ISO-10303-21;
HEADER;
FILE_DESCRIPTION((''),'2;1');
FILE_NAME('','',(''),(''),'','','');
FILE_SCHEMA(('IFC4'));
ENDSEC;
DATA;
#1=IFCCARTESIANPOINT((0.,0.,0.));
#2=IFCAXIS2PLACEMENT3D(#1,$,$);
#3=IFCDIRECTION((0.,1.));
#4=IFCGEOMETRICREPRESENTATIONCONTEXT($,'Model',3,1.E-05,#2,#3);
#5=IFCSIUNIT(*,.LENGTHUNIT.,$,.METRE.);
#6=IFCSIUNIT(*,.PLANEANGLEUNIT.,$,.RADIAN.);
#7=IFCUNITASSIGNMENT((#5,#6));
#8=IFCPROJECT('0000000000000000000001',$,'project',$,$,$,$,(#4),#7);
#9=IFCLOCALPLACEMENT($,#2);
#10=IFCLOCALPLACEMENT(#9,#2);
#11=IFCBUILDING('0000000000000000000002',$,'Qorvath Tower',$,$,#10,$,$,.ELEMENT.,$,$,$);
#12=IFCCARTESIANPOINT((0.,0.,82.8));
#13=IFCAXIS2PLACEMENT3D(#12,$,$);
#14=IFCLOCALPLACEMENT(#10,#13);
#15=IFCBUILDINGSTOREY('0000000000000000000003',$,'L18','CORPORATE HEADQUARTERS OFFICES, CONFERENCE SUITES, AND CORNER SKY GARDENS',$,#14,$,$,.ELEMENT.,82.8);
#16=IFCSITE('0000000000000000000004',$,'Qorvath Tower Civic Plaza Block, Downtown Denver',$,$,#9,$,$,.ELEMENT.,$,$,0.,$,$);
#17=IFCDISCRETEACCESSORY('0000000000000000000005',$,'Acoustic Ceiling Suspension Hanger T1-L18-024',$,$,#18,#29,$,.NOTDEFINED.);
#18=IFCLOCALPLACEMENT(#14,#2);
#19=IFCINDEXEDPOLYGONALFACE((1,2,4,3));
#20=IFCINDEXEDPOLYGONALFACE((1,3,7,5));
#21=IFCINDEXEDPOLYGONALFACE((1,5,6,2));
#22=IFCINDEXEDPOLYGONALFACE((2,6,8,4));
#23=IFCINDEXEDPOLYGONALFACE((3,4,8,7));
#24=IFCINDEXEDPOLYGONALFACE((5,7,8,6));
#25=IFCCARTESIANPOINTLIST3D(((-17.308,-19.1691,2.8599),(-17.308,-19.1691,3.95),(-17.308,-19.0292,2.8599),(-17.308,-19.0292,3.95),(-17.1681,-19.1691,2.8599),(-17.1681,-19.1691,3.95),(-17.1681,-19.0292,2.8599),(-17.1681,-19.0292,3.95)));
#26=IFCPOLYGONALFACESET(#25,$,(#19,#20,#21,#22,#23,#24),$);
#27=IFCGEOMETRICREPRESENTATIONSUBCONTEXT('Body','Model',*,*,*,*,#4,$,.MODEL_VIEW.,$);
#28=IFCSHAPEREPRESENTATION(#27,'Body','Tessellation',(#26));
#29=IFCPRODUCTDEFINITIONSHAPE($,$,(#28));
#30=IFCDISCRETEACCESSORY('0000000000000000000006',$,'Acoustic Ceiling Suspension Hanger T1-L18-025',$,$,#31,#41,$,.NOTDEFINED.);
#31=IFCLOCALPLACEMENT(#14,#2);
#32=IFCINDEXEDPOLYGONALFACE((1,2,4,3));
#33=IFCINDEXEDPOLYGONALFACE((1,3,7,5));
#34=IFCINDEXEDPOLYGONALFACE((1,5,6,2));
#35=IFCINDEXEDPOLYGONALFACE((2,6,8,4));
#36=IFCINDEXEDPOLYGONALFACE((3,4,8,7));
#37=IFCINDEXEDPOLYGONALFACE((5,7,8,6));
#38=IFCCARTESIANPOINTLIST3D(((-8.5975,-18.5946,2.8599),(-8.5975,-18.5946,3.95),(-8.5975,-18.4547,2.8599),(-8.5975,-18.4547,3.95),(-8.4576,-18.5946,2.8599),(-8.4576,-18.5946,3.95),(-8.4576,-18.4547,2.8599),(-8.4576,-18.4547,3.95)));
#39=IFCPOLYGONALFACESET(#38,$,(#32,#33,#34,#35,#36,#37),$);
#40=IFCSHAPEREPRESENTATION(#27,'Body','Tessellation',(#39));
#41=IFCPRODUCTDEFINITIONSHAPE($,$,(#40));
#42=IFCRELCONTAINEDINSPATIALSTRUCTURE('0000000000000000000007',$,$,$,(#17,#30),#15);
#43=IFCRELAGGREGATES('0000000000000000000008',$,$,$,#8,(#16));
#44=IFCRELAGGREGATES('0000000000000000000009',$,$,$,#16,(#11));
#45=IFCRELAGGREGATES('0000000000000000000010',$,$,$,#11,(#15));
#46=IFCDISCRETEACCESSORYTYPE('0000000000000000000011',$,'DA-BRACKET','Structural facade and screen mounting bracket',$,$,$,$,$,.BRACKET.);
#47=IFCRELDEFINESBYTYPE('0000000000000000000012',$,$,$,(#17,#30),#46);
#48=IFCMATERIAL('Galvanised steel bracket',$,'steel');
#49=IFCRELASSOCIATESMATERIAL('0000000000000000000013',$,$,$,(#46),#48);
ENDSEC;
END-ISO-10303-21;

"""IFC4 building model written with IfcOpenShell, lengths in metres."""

from ifc_helpers import new_model, si_unit, direction, frame, origin, origin_2d, place, context, subcontext, project, spatial, rectangle, extrude, material, type_object, element, save


model = new_model("IFC4")

# Units and contexts
model_context = context("Model", 3, precision=1e-05, world=origin(), true_north=direction((0.0, 1.0)))
body_context = subcontext(model_context, "Body", "Model", "MODEL_VIEW")
ifc_project = project(units=[si_unit("LENGTHUNIT", "METRE"), si_unit("PLANEANGLEUNIT", "RADIAN")], contexts=[model_context])

# Site, building, storey
site_placement = place(None, origin())
site = spatial("IfcSite", under=ifc_project, at=site_placement, Name="Qorvath Tower Civic Plaza Block, Downtown Denver", CompositionType="ELEMENT", RefElevation=0.0)
building_placement = place(site_placement, origin())
building = spatial("IfcBuilding", under=site, at=building_placement, Name="Qorvath Tower", CompositionType="ELEMENT")
storey_placement = place(building_placement, frame((0.0, 0.0, 82.8)))
storey = spatial("IfcBuildingStorey", under=building, at=storey_placement, Name="L18", Description="CORPORATE HEADQUARTERS OFFICES, CONFERENCE SUITES, AND CORNER SKY GARDENS", CompositionType="ELEMENT", Elevation=82.8)

# Discrete accessories
ifc_material_1 = material(Name="Galvanised steel bracket", Category="steel")
discrete_accessory_type = type_object("IfcDiscreteAccessoryType", Name="DA-BRACKET", Description="Structural facade and screen mounting bracket", PredefinedType="BRACKET", material=ifc_material_1)
for number, where, z_axis, x_axis, name in (
    (1, (-17.238, -19.0991, 2.8599), (0.0, 0.0, 1.0), (1.0, 0.0, 0.0), "Acoustic Ceiling Suspension Hanger T1-L18-024"),
    (2, (-8.5276, -18.5247, 2.8599), (0.0, 0.0, 1.0), (1.0, 0.0, 0.0), "Acoustic Ceiling Suspension Hanger T1-L18-025"),
):
    element("IfcDiscreteAccessory", number, at=place(storey_placement, frame(where, z_axis=z_axis, x_axis=x_axis)), inside=storey, type_object=discrete_accessory_type, Name=name, PredefinedType="NOTDEFINED", context=body_context, shape_type="SweptSolid", body=[
        extrude(rectangle(XDim=0.1399, YDim=0.1399, at=origin_2d()), origin(), (0.0, 0.0, 1.0), 1.0901),
    ])

save(model, "model.ifc")
